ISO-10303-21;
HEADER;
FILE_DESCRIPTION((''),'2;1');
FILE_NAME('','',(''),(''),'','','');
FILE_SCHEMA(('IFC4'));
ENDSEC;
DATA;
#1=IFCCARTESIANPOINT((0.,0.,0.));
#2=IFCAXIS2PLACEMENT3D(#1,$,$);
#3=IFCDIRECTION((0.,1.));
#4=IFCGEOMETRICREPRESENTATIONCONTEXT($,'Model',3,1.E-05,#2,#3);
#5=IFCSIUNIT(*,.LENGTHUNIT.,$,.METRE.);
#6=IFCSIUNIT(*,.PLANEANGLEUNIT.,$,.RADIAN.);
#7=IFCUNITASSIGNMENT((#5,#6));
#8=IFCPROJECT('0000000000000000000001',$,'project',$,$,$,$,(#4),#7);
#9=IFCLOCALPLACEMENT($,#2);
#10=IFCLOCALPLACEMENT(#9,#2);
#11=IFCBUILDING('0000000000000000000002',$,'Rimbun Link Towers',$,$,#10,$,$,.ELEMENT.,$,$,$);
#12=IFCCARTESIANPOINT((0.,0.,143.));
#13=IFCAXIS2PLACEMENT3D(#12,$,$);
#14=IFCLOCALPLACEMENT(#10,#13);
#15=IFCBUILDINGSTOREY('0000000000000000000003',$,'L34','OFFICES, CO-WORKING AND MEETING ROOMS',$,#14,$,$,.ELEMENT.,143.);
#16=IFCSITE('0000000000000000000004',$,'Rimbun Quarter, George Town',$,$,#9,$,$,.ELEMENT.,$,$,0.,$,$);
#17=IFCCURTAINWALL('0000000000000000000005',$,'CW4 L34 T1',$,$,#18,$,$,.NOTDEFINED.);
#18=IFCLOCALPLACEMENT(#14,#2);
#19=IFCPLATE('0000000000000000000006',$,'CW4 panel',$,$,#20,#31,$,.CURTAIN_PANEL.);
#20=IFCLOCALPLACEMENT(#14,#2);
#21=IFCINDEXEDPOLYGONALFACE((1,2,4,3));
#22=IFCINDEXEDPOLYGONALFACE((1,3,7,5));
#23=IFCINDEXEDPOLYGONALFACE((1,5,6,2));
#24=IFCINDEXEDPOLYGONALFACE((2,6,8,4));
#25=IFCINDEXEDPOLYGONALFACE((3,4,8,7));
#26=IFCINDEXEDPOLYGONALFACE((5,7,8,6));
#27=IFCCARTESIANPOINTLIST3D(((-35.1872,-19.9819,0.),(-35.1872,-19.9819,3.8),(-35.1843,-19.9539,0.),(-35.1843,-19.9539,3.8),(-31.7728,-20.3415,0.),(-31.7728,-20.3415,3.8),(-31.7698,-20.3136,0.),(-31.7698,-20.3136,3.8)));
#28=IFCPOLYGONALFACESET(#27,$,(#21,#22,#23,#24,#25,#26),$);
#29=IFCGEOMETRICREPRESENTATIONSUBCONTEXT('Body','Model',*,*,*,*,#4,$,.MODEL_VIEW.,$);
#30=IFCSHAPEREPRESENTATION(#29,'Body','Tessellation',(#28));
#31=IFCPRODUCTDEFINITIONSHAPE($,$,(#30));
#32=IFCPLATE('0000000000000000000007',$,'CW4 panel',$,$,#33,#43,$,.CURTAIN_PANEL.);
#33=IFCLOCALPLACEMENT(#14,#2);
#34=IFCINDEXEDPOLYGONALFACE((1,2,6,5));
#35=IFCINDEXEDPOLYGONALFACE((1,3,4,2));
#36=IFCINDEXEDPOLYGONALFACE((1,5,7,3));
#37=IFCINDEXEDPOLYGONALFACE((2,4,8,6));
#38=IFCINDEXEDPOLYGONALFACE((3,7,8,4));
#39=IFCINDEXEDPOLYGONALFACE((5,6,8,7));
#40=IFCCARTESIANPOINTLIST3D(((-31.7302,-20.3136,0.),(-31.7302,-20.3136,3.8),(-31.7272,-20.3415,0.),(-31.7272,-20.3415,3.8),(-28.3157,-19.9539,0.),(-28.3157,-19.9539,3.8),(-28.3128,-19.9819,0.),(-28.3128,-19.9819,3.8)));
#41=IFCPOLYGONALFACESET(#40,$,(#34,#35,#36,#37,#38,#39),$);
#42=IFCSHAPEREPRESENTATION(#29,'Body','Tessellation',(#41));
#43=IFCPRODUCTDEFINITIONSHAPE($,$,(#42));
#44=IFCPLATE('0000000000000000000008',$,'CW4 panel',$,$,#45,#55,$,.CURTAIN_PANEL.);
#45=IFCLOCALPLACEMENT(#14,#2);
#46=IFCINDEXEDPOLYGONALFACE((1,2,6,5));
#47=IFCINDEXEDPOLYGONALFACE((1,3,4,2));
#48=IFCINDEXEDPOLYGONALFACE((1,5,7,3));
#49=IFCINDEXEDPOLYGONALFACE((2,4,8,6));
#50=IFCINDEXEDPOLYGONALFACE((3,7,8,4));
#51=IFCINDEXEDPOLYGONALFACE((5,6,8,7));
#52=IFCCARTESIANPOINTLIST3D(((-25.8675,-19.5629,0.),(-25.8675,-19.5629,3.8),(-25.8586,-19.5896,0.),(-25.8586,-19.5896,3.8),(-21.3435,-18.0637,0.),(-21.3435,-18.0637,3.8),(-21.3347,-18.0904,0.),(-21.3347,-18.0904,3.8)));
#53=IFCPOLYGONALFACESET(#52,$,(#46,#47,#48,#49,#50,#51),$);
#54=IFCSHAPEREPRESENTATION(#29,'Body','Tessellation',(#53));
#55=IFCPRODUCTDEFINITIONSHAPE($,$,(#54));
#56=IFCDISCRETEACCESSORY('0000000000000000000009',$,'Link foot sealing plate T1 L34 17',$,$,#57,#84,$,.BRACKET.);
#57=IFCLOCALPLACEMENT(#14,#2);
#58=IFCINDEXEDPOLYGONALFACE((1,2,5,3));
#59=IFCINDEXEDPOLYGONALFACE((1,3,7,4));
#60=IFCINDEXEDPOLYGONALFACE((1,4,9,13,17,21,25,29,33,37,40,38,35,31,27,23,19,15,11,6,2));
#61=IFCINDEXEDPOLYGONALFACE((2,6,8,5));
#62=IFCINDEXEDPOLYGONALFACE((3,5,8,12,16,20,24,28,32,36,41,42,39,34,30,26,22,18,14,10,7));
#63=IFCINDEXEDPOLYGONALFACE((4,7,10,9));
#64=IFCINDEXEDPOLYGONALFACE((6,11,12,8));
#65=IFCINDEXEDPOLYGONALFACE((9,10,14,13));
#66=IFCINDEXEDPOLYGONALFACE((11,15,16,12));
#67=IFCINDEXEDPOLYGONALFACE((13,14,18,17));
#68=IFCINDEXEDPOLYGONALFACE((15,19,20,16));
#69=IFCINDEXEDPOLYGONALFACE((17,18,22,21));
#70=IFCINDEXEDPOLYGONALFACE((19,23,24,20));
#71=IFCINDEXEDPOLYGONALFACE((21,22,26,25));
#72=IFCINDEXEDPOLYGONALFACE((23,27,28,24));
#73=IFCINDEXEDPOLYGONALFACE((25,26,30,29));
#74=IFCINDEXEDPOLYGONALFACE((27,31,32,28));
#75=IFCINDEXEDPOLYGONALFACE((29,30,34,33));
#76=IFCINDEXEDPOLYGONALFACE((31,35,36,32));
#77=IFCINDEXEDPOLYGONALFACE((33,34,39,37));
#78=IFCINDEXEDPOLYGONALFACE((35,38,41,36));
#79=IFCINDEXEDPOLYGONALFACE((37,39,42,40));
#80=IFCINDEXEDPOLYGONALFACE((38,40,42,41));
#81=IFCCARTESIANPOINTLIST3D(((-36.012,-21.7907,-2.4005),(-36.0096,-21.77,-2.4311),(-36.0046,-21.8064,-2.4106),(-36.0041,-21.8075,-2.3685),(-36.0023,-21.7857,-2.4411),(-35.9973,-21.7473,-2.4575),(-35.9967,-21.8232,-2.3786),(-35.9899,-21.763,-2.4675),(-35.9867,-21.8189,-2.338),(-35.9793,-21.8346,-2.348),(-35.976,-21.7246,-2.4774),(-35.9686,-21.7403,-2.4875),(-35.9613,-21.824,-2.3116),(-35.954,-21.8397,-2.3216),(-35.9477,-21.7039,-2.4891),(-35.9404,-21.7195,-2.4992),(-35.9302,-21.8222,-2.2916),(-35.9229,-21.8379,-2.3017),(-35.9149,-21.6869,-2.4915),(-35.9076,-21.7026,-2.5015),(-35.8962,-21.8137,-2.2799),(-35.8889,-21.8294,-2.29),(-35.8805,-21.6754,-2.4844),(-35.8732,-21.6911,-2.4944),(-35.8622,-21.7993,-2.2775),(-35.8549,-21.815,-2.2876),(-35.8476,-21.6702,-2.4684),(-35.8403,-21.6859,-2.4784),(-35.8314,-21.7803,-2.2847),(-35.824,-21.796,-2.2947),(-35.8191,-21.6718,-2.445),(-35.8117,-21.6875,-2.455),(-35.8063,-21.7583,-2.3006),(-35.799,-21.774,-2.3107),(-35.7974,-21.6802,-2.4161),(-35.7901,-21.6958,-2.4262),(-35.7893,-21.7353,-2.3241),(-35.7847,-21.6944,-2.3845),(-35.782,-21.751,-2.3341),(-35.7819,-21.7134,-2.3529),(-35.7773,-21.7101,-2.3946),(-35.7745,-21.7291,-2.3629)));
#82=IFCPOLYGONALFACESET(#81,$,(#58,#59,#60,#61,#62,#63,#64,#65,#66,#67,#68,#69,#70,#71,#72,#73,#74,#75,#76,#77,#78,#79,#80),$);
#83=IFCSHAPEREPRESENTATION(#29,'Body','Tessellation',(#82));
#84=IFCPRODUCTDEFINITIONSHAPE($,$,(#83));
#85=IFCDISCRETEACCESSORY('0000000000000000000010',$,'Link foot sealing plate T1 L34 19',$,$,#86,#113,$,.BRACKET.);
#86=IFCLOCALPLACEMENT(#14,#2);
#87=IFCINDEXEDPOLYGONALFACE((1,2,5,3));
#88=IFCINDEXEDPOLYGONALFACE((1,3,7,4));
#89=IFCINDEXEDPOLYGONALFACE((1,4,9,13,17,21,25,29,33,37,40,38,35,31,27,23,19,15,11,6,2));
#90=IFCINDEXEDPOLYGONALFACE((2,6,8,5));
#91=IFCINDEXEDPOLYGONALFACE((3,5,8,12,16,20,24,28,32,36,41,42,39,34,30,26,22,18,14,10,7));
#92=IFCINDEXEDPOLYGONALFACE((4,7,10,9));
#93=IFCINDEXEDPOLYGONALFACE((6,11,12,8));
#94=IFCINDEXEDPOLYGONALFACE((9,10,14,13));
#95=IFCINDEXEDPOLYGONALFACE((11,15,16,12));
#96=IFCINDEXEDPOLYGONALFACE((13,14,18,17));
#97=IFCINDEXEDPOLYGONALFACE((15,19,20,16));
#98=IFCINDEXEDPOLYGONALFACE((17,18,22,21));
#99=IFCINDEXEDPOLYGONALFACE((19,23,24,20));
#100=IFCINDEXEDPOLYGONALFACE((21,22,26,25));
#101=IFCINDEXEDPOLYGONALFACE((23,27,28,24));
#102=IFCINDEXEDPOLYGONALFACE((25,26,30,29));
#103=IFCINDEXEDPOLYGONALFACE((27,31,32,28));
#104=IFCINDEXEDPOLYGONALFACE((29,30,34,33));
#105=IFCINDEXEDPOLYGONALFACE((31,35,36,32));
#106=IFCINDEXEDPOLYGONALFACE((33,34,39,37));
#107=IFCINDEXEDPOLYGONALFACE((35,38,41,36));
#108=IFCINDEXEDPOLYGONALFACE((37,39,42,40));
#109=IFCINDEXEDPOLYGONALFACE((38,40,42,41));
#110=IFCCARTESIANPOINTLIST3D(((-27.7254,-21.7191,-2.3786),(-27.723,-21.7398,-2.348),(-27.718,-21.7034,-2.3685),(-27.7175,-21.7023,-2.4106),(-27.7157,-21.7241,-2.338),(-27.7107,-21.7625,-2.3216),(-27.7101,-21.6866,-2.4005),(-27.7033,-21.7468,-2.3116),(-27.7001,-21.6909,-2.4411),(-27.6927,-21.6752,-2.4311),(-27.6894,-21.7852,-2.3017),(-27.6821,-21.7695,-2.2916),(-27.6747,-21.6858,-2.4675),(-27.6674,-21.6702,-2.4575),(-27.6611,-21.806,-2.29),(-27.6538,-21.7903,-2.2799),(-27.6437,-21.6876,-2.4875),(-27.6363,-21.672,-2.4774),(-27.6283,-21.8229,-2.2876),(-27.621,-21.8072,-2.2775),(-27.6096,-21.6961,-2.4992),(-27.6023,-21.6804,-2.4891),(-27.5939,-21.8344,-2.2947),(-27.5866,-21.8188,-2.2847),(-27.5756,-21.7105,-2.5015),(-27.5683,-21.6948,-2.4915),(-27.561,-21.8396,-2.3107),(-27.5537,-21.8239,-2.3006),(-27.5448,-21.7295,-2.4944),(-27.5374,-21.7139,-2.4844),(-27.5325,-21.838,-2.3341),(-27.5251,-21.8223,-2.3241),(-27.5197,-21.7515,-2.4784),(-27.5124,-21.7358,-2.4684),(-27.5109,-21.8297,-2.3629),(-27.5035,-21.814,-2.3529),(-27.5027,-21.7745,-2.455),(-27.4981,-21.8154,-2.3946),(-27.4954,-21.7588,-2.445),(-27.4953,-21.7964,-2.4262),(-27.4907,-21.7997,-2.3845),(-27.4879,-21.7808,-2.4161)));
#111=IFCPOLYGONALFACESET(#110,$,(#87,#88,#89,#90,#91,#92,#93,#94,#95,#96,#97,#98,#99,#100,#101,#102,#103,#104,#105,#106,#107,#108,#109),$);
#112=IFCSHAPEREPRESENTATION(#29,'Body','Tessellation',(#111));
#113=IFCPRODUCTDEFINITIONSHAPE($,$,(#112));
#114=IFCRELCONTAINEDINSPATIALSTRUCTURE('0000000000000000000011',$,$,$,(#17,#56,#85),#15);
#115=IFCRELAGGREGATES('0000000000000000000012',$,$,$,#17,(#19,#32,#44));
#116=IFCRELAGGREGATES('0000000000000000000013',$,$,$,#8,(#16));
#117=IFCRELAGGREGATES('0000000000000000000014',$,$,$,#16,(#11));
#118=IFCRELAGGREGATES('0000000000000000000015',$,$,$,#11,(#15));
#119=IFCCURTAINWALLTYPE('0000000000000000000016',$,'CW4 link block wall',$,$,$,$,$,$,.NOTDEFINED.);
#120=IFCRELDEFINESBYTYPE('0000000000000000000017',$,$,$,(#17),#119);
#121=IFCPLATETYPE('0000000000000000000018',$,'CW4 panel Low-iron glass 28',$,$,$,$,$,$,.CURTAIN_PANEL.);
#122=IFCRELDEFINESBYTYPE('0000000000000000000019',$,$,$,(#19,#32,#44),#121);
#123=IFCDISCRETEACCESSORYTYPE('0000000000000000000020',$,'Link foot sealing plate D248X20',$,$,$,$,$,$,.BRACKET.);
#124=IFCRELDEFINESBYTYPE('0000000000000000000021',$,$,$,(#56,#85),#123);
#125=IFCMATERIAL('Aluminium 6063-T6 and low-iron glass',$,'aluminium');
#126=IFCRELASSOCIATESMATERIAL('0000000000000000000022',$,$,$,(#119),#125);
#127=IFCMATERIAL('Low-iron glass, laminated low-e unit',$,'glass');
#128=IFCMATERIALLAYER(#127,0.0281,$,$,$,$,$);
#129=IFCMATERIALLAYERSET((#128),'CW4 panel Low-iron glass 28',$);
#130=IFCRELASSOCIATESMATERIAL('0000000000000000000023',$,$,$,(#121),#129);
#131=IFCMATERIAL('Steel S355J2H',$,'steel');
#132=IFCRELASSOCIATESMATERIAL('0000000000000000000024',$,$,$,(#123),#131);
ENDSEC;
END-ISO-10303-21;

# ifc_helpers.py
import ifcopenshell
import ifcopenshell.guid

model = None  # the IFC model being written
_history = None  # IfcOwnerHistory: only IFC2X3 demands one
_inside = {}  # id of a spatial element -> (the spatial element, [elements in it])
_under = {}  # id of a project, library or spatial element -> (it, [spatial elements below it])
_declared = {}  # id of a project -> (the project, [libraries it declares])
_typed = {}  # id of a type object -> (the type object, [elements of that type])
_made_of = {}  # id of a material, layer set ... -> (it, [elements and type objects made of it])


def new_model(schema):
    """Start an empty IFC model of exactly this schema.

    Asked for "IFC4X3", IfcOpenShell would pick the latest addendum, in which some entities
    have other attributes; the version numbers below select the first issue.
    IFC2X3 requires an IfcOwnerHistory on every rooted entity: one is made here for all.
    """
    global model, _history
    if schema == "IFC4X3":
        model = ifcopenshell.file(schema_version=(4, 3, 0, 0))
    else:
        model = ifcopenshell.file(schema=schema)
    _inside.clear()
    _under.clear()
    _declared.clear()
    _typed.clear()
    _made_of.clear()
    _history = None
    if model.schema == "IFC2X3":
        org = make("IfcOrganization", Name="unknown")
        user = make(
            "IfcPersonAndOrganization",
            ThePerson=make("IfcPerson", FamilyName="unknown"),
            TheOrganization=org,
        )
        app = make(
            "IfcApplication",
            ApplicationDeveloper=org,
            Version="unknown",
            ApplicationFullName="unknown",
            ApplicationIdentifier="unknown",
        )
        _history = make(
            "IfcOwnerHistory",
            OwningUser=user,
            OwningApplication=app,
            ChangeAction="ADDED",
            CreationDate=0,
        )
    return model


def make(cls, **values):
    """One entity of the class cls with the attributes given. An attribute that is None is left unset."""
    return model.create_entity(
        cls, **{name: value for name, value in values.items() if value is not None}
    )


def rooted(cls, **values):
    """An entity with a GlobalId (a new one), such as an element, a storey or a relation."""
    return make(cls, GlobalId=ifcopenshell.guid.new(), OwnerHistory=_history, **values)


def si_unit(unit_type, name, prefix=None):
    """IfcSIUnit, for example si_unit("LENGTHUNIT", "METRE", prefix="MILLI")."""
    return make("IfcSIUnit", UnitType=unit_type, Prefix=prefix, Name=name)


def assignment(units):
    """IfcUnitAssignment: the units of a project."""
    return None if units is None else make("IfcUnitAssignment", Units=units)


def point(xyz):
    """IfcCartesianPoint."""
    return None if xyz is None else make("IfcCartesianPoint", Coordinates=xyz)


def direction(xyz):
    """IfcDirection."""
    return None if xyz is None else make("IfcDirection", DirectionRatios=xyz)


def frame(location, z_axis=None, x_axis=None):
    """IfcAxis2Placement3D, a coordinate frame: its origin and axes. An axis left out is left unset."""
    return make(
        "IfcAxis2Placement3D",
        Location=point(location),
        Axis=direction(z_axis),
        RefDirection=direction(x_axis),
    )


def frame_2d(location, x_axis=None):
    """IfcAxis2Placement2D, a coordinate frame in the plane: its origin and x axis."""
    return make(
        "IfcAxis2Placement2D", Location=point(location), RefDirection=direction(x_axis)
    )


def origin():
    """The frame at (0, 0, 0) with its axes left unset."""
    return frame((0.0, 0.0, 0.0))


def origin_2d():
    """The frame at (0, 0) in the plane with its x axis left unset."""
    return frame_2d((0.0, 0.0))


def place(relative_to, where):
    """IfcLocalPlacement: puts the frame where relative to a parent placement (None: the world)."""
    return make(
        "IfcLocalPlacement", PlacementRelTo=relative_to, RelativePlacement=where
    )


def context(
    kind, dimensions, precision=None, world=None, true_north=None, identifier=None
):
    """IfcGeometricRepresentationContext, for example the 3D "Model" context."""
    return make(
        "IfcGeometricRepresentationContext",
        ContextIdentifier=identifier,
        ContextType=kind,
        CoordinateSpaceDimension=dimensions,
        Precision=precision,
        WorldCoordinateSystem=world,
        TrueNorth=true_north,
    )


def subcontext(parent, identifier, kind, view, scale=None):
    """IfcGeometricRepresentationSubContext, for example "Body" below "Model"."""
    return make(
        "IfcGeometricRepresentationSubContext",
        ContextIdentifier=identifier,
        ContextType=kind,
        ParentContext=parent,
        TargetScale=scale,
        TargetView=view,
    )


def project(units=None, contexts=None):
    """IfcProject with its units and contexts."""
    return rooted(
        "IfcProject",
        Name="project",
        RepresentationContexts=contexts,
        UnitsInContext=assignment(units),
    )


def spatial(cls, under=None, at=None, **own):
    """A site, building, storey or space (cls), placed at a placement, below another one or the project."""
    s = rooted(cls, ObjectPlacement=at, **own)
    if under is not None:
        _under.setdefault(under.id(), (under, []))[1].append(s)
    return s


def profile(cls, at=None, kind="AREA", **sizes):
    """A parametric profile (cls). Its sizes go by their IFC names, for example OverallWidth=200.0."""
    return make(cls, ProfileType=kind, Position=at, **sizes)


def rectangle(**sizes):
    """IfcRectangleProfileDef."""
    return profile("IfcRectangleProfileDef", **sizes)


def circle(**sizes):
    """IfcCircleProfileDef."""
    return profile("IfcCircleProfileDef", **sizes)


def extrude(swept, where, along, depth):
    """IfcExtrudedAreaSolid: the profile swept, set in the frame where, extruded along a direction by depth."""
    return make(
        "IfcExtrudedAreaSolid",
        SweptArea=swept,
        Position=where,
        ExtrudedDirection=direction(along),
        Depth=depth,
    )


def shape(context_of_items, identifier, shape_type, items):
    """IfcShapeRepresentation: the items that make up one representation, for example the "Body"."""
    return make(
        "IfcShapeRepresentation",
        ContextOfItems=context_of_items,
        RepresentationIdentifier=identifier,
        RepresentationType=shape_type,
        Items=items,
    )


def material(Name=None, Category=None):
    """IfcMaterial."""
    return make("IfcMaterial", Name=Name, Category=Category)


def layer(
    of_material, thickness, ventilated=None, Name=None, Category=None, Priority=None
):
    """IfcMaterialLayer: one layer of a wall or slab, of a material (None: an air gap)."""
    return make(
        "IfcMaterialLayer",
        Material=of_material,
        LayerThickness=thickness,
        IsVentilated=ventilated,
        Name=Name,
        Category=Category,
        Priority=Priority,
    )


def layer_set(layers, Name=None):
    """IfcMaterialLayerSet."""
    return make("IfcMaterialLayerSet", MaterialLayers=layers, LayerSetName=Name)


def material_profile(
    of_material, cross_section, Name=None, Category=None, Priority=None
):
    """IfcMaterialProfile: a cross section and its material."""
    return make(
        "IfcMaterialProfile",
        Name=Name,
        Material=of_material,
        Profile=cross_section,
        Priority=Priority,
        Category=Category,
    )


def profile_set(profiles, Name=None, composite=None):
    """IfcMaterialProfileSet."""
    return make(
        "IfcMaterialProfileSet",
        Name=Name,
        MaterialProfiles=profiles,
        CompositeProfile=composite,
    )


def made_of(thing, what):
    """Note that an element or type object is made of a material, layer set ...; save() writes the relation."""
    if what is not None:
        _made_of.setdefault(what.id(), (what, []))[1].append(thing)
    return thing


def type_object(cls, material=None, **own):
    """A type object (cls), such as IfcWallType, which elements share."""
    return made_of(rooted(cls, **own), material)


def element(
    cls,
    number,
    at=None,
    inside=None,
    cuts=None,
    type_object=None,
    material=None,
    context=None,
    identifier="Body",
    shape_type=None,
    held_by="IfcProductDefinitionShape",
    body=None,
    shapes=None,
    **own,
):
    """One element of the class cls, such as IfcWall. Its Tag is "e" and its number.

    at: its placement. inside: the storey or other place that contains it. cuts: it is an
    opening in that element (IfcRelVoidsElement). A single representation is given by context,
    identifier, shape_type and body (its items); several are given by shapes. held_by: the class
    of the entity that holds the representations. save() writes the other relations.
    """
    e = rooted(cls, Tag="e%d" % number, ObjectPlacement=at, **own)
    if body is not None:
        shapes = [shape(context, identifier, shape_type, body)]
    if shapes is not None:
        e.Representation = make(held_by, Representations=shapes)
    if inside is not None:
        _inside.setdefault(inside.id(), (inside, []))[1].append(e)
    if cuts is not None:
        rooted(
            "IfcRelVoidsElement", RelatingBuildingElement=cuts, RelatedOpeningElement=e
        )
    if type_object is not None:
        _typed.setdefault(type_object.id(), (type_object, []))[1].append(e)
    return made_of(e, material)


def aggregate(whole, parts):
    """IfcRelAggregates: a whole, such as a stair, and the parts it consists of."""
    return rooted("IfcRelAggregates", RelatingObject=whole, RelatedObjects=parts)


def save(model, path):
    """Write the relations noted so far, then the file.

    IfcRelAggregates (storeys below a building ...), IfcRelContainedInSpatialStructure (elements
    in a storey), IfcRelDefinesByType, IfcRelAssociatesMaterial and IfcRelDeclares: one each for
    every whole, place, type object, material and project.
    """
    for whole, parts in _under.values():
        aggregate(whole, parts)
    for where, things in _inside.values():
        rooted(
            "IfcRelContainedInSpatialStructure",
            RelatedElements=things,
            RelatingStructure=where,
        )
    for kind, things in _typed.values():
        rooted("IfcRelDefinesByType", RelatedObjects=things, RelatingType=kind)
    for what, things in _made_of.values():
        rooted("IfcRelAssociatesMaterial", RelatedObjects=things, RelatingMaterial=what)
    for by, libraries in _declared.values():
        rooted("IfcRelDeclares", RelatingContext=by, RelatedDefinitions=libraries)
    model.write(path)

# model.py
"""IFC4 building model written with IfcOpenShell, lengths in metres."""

from ifc_helpers import new_model, si_unit, direction, frame, origin, origin_2d, place, context, subcontext, project, spatial, rectangle, circle, extrude, material, layer, layer_set, material_profile, profile_set, type_object, element, aggregate, save


model = new_model("IFC4")

# Units and contexts
model_context = context("Model", 3, precision=1e-05, world=origin(), true_north=direction((0.0, 1.0)))
body_context = subcontext(model_context, "Body", "Model", "MODEL_VIEW")
ifc_project = project(units=[si_unit("LENGTHUNIT", "METRE"), si_unit("PLANEANGLEUNIT", "RADIAN")], contexts=[model_context])

# Site, building, storey
site_placement = place(None, origin())
site = spatial("IfcSite", under=ifc_project, at=site_placement, Name="Rimbun Quarter, George Town", CompositionType="ELEMENT", RefElevation=0.0)
building_placement = place(site_placement, origin())
building = spatial("IfcBuilding", under=site, at=building_placement, Name="Rimbun Link Towers", CompositionType="ELEMENT")
storey_placement = place(building_placement, frame((0.0, 0.0, 143.0)))
storey = spatial("IfcBuildingStorey", under=building, at=storey_placement, Name="L34", Description="OFFICES, CO-WORKING AND MEETING ROOMS", CompositionType="ELEMENT", Elevation=143.0)

# Curtain wall
ifc_material_1 = material(Name="Aluminium 6063-T6 and low-iron glass", Category="aluminium")
curtain_wall_type = type_object("IfcCurtainWallType", Name="CW4 link block wall", PredefinedType="NOTDEFINED", material=ifc_material_1)
curtain_wall_placement = place(storey_placement, origin())
curtain_wall = element("IfcCurtainWall", 1, at=curtain_wall_placement, inside=storey, type_object=curtain_wall_type, Name="CW4 L34 T1", PredefinedType="NOTDEFINED")

# Plates
ifc_material_2 = material(Name="Low-iron glass, laminated low-e unit", Category="glass")
ifc_layer = layer(ifc_material_2, 0.0281)
ifc_layer_set = layer_set([ifc_layer], Name="CW4 panel Low-iron glass 28")
plate_type = type_object("IfcPlateType", Name="CW4 panel Low-iron glass 28", PredefinedType="CURTAIN_PANEL", material=ifc_layer_set)
plate_1_placement = place(storey_placement, frame((-33.4785, -20.1477, 0.0), z_axis=(0.0, 0.0, 1.0), x_axis=(-0.994499, 0.104745, 0.0)))
plate_1 = element("IfcPlate", 2, at=plate_1_placement, type_object=plate_type, Name="CW4 panel", PredefinedType="CURTAIN_PANEL", context=body_context, shape_type="SweptSolid", body=[
    extrude(rectangle(XDim=3.4333, YDim=0.0281, at=origin_2d()), origin(), (0.0, 0.0, 1.0), 3.8),
])
plate_2_placement = place(storey_placement, frame((-30.0215, -20.1477, 0.0), z_axis=(0.0, 0.0, 1.0), x_axis=(-0.994499, -0.104745, 0.0)))
plate_2 = element("IfcPlate", 3, at=plate_2_placement, type_object=plate_type, Name="CW4 panel", PredefinedType="CURTAIN_PANEL", context=body_context, shape_type="SweptSolid", body=[
    extrude(rectangle(XDim=3.4333, YDim=0.0281, at=origin_2d()), origin(), (0.0, 0.0, 1.0), 3.8),
])
plate_3_placement = place(storey_placement, frame((-23.6011, -18.8267, 0.0), z_axis=(0.0, 0.0, 1.0), x_axis=(-0.949235, -0.314568, 0.0)))
plate_3 = element("IfcPlate", 4, at=plate_3_placement, type_object=plate_type, Name="CW4 panel", PredefinedType="CURTAIN_PANEL", context=body_context, shape_type="SweptSolid", body=[
    extrude(rectangle(XDim=4.7659, YDim=0.0281, at=origin_2d()), origin(), (0.0, 0.0, 1.0), 3.8),
])
aggregate(curtain_wall, [plate_1, plate_2, plate_3])

# Discrete accessories
ifc_material_3 = material(Name="Steel S355J2H", Category="steel")
ifc_material_profile_1 = material_profile(ifc_material_3, circle(Radius=0.124, at=origin_2d()), Name="PL D248")
ifc_profile_set_1 = profile_set([ifc_material_profile_1], Name="Steel S355J2H")
discrete_accessory_type = type_object("IfcDiscreteAccessoryType", Name="Link foot sealing plate D248X20", PredefinedType="BRACKET", material=ifc_profile_set_1)
for number, where, z_axis, x_axis, name in (
    (5, (-35.897, -21.7471, -2.3845), (0.367139, -0.78323, -0.501757), (0.905459, 0.424434, 0.0), "Link foot sealing plate T1 L34 17"),
    (6, (-27.603, -21.7471, -2.3845), (-0.367139, -0.78323, -0.501757), (0.905459, -0.424434, 0.0), "Link foot sealing plate T1 L34 19"),
):
    element("IfcDiscreteAccessory", number, at=place(storey_placement, frame(where, z_axis=z_axis, x_axis=x_axis)), inside=storey, type_object=discrete_accessory_type, Name=name, PredefinedType="BRACKET", context=body_context, shape_type="SweptSolid", body=[
        extrude(circle(Radius=0.124, at=origin_2d()), origin(), (0.0, 0.0, 1.0), 0.02),
    ])

save(model, "model.ifc")
